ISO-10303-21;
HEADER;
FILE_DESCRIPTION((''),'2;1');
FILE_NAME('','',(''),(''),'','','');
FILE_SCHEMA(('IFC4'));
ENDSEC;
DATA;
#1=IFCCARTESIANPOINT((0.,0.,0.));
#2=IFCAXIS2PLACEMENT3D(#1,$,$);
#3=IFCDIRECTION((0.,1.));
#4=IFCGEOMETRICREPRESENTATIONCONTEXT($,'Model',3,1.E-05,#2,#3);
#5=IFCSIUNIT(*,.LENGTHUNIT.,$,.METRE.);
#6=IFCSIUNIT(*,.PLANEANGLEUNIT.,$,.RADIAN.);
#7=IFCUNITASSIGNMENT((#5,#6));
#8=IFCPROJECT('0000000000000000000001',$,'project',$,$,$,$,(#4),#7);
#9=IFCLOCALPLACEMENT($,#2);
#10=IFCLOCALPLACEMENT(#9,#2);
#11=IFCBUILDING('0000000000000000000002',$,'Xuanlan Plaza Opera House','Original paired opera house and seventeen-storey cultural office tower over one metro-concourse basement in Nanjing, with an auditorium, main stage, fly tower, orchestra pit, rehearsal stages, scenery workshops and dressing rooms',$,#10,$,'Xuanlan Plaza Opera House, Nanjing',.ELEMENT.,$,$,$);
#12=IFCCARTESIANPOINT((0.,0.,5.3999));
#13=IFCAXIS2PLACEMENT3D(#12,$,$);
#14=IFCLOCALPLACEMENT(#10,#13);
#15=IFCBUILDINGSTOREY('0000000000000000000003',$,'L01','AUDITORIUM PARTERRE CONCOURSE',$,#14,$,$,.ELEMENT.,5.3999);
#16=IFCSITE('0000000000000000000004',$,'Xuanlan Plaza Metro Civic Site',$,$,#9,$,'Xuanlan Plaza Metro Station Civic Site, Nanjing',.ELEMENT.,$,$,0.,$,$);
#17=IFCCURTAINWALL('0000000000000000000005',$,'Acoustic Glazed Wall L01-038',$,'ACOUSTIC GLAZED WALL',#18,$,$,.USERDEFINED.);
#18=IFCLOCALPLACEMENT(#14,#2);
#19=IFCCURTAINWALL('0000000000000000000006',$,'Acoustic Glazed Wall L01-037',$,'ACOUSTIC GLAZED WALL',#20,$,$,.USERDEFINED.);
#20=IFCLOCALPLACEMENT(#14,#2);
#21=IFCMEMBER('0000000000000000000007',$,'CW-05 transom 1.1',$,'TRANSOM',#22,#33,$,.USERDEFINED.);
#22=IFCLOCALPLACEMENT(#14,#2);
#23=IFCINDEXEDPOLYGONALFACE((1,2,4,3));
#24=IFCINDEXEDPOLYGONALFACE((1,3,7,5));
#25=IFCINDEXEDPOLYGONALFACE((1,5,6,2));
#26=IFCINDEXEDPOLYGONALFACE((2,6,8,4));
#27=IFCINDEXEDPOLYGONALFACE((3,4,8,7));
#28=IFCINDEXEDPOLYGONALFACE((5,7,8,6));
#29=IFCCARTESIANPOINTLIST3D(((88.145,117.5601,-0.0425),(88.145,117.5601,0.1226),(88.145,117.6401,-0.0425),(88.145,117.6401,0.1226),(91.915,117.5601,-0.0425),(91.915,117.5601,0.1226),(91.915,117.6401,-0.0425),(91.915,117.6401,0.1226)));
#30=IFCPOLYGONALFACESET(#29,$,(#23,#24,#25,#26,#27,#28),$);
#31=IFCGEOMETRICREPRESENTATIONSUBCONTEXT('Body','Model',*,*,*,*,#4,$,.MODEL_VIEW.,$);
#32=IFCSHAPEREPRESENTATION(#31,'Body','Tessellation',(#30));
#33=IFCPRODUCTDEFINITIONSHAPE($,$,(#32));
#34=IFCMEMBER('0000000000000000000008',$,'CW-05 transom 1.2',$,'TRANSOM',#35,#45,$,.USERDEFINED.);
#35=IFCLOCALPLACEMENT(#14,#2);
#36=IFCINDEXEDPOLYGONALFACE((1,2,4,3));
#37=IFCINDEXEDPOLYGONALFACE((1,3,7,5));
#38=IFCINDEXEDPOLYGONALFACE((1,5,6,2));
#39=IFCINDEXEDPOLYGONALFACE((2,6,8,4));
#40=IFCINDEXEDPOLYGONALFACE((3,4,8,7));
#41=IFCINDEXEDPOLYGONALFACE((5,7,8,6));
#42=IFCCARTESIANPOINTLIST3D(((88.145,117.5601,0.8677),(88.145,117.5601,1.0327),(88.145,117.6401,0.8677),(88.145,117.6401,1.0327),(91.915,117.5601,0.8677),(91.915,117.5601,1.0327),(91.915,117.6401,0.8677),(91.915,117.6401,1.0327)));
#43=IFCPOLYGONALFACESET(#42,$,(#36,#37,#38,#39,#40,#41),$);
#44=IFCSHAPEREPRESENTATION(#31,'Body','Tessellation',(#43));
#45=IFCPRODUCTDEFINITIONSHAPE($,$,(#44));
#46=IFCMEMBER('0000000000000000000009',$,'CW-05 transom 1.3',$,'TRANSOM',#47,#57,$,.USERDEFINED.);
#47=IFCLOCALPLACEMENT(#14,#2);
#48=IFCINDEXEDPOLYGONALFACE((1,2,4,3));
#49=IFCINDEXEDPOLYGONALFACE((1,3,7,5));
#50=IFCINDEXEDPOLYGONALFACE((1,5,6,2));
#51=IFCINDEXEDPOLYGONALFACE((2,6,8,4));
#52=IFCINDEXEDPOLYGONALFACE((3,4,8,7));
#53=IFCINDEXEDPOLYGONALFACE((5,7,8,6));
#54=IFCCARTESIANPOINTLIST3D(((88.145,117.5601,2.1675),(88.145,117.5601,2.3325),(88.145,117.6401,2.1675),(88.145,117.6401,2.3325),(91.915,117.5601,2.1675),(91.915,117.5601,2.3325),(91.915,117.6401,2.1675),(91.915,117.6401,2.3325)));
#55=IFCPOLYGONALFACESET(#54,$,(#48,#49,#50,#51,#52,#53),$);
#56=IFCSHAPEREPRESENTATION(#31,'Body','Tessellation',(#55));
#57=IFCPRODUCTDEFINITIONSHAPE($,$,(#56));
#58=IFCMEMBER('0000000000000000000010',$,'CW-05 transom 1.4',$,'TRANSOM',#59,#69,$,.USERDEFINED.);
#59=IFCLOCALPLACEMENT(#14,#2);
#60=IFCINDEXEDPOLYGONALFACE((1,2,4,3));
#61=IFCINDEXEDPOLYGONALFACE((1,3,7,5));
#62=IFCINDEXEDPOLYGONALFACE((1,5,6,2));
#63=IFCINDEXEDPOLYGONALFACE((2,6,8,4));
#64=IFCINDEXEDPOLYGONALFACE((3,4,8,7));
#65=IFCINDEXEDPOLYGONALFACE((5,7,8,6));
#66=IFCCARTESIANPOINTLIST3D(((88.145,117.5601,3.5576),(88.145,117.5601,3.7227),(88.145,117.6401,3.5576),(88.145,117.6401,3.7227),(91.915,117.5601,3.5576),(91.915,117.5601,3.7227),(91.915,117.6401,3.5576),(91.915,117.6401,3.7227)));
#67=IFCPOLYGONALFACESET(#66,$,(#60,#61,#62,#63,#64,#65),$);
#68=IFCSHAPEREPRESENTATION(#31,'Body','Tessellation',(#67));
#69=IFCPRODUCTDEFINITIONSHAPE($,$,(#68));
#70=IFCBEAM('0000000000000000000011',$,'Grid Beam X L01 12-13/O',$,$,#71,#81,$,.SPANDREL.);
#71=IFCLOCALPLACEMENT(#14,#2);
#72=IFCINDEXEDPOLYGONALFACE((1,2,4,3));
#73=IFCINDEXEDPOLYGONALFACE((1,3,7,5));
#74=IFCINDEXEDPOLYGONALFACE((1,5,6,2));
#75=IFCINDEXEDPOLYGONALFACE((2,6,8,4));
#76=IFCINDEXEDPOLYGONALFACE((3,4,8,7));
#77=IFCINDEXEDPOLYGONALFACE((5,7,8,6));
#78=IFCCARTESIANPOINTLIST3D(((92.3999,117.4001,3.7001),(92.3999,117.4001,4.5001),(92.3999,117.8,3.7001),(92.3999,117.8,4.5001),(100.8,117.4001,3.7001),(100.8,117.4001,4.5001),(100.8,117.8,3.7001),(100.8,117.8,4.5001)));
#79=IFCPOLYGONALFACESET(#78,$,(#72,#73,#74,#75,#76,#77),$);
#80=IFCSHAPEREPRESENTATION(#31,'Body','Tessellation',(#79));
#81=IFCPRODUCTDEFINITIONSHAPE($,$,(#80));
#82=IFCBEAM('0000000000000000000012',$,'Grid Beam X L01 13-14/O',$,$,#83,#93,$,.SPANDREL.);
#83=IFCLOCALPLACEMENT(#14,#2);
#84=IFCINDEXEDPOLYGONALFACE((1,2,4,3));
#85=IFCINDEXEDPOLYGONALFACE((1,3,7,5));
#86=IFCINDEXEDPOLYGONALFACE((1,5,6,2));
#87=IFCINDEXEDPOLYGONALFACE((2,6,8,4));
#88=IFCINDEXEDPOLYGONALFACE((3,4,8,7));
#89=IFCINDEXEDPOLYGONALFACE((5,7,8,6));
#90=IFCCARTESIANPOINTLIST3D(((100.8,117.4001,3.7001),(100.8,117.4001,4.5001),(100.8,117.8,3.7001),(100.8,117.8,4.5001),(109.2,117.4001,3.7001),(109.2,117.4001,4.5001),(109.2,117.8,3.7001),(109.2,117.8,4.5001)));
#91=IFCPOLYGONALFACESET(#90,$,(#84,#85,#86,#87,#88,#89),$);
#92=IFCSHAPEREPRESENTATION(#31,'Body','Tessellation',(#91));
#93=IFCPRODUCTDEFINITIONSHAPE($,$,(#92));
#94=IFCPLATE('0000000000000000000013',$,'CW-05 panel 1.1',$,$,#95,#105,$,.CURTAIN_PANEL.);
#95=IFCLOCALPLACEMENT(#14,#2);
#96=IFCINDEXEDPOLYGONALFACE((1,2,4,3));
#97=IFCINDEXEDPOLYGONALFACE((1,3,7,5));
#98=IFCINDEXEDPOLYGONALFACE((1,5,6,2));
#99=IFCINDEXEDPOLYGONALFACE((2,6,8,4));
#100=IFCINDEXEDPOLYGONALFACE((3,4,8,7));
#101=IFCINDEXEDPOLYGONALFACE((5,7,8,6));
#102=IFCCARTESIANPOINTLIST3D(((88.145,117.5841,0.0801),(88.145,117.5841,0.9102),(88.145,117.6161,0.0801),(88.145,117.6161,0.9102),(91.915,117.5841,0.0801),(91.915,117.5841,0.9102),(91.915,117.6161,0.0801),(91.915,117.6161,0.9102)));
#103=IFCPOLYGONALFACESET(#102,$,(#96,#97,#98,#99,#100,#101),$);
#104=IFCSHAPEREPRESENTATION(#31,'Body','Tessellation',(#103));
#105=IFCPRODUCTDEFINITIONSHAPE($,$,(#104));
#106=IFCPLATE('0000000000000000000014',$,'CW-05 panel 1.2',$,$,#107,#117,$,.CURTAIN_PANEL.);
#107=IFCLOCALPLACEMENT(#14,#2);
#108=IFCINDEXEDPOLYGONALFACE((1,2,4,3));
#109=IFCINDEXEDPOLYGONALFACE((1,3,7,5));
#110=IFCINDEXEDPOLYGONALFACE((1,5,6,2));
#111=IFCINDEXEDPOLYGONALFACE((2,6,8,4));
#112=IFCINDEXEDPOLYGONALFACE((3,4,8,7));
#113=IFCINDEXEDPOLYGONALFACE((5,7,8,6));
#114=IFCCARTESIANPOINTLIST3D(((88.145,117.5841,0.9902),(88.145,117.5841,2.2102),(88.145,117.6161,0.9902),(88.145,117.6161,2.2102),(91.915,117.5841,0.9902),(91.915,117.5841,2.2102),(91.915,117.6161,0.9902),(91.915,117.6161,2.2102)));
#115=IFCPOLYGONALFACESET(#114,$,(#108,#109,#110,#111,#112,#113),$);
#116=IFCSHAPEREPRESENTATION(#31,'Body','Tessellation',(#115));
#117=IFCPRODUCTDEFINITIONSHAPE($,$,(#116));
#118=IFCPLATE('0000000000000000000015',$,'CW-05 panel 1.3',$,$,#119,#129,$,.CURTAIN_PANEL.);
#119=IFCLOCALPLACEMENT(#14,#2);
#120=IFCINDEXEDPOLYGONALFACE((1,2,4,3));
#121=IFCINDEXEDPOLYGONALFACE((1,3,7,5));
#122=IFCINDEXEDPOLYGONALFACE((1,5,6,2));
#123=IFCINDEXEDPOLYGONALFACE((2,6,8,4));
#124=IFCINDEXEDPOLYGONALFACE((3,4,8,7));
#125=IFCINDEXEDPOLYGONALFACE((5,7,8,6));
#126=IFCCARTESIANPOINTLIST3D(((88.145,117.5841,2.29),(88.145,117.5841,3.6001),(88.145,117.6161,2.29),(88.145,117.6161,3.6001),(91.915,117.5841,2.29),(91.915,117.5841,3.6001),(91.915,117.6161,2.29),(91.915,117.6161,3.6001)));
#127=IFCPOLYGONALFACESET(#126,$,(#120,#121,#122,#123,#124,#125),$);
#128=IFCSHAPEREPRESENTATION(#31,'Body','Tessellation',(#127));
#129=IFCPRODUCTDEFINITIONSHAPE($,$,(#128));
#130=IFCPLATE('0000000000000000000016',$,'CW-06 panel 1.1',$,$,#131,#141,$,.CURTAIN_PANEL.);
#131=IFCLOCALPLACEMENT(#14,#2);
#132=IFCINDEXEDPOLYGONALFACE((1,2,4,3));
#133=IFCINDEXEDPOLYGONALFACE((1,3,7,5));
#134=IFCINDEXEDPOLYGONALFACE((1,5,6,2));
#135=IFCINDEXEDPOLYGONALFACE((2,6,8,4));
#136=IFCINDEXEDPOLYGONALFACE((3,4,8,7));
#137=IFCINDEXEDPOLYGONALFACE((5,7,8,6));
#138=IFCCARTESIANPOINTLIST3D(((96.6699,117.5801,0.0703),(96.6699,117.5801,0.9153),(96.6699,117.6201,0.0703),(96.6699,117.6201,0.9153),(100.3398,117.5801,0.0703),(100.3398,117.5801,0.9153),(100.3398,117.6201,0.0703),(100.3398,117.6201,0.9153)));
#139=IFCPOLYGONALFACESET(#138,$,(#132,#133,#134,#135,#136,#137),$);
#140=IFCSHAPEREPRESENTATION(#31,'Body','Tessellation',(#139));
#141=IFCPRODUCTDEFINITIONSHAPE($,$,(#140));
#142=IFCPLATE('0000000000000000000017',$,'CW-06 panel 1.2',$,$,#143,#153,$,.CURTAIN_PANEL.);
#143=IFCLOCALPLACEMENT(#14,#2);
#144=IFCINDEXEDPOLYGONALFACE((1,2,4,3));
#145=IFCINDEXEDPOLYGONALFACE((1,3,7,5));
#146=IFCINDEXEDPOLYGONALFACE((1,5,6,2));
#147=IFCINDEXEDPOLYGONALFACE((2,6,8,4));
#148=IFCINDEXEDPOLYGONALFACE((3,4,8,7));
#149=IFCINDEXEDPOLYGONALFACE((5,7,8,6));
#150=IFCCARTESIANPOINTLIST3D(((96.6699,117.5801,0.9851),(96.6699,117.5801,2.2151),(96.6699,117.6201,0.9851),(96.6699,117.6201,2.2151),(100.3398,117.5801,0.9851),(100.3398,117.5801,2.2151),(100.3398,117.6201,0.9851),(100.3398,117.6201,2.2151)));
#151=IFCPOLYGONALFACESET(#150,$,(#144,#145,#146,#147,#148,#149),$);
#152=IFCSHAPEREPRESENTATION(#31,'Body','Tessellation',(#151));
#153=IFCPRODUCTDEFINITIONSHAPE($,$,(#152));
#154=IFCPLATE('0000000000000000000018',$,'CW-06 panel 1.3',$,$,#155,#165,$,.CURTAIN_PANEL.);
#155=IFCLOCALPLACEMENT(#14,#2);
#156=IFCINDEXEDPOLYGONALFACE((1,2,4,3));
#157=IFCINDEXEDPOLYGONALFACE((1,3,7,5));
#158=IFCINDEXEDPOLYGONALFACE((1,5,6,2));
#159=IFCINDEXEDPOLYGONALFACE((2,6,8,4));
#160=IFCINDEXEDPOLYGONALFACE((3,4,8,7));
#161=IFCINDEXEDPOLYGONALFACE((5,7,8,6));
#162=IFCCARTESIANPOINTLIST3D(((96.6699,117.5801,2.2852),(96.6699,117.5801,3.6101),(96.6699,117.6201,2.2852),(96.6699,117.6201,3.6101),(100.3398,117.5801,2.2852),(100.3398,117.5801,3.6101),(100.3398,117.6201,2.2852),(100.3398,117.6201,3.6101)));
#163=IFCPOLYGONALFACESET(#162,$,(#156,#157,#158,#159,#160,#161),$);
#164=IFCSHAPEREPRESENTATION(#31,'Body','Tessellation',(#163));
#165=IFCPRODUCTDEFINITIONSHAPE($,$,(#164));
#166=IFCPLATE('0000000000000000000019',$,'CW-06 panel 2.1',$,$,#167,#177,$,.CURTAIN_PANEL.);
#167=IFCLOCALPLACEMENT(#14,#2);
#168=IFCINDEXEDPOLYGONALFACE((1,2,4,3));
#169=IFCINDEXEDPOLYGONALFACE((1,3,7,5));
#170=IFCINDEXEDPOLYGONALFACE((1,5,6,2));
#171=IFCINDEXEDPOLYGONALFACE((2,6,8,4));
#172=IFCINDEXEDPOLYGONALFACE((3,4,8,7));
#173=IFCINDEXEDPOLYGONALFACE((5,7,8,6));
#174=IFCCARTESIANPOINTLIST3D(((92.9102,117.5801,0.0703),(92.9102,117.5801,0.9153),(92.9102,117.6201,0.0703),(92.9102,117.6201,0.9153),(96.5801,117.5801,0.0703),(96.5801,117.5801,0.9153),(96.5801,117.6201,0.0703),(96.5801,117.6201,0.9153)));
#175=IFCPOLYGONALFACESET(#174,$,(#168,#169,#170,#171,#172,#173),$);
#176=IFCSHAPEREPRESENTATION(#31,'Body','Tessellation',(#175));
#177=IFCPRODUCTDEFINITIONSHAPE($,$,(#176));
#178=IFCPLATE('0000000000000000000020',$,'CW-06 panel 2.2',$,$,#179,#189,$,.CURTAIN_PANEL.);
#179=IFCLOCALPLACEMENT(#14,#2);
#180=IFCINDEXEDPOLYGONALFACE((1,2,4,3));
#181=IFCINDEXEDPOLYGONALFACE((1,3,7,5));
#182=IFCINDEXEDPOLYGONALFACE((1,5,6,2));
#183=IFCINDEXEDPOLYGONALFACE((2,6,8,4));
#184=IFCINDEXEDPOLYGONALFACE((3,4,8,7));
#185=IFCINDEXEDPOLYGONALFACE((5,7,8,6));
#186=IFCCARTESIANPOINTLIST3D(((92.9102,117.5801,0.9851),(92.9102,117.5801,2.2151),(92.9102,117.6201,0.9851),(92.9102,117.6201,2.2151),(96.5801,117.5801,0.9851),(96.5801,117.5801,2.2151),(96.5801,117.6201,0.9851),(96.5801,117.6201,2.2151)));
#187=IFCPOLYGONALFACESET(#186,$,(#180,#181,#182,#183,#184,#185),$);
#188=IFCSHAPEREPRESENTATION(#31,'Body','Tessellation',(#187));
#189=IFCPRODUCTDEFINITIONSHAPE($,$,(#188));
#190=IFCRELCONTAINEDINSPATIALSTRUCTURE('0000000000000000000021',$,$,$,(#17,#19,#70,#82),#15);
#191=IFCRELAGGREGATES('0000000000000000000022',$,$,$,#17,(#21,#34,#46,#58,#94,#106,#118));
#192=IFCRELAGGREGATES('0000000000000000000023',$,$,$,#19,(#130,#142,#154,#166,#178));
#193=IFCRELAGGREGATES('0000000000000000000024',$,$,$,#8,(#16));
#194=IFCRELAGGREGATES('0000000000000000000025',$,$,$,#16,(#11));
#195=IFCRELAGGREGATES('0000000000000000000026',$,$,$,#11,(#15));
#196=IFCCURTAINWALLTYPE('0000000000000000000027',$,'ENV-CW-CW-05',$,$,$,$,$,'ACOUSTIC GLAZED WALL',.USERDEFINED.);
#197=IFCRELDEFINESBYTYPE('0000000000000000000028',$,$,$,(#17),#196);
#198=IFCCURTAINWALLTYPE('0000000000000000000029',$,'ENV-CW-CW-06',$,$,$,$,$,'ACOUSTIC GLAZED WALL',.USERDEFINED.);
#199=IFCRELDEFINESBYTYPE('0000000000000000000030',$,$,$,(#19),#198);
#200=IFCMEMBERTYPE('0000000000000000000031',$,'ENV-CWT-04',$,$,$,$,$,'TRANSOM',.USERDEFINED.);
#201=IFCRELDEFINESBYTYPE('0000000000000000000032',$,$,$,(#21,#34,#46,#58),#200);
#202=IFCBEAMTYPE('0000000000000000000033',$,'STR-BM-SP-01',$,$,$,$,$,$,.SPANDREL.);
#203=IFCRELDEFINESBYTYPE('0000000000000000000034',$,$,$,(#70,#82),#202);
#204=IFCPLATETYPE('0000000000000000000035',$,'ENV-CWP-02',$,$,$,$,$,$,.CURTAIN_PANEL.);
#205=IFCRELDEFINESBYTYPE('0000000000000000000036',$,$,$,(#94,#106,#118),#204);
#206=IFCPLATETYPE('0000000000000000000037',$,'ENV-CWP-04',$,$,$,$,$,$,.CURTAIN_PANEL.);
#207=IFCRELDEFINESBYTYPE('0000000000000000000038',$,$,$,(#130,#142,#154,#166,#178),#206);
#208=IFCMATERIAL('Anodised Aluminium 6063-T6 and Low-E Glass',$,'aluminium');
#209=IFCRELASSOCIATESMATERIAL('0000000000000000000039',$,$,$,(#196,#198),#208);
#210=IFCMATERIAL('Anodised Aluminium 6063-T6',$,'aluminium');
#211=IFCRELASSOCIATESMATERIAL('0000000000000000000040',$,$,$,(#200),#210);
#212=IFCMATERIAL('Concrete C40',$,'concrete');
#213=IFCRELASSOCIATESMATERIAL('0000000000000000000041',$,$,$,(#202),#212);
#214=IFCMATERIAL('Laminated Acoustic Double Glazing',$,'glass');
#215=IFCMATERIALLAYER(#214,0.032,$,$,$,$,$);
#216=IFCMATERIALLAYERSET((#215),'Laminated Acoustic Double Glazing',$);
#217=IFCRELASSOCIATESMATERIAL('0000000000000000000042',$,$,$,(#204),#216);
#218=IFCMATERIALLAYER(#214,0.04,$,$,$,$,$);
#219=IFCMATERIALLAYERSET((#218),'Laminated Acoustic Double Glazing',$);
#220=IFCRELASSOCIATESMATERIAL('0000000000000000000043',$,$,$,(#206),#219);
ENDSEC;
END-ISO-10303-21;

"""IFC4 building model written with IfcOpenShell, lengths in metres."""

from ifc_helpers import new_model, si_unit, direction, frame, origin, origin_2d, place, context, subcontext, project, spatial, rectangle, extrude, material, layer, layer_set, material_profile, profile_set, type_object, element, aggregate, save


model = new_model("IFC4")

# Units and contexts
model_context = context("Model", 3, precision=1e-05, world=origin(), true_north=direction((0.0, 1.0)))
body_context = subcontext(model_context, "Body", "Model", "MODEL_VIEW")
ifc_project = project(units=[si_unit("LENGTHUNIT", "METRE"), si_unit("PLANEANGLEUNIT", "RADIAN")], contexts=[model_context])

# Site, building, storey
site_placement = place(None, origin())
site = spatial("IfcSite", under=ifc_project, at=site_placement, Name="Xuanlan Plaza Metro Civic Site", LongName="Xuanlan Plaza Metro Station Civic Site, Nanjing", CompositionType="ELEMENT", RefElevation=0.0)
building_placement = place(site_placement, origin())
building = spatial("IfcBuilding", under=site, at=building_placement, Name="Xuanlan Plaza Opera House", Description="Original paired opera house and seventeen-storey cultural office tower over one metro-concourse basement in Nanjing, with an auditorium, main stage, fly tower, orchestra pit, rehearsal stages, scenery workshops and dressing rooms", LongName="Xuanlan Plaza Opera House, Nanjing", CompositionType="ELEMENT")
storey_placement = place(building_placement, frame((0.0, 0.0, 5.3999)))
storey = spatial("IfcBuildingStorey", under=building, at=storey_placement, Name="L01", Description="AUDITORIUM PARTERRE CONCOURSE", CompositionType="ELEMENT", Elevation=5.3999)

# Shared definitions
ifc_material_1 = material(Name="Concrete C40", Category="concrete")

# Curtain wall
ifc_material_2 = material(Name="Anodised Aluminium 6063-T6 and Low-E Glass", Category="aluminium")
curtain_wall_type_1 = type_object("IfcCurtainWallType", Name="ENV-CW-CW-05", ElementType="ACOUSTIC GLAZED WALL", PredefinedType="USERDEFINED", material=ifc_material_2)
curtain_wall_1_placement = place(storey_placement, origin())
curtain_wall_1 = element("IfcCurtainWall", 1, at=curtain_wall_1_placement, inside=storey, type_object=curtain_wall_type_1, Name="Acoustic Glazed Wall L01-038", ObjectType="ACOUSTIC GLAZED WALL", PredefinedType="USERDEFINED")
ifc_material_3 = material(Name="Anodised Aluminium 6063-T6", Category="aluminium")

# Curtain wall
curtain_wall_type_2 = type_object("IfcCurtainWallType", Name="ENV-CW-CW-06", ElementType="ACOUSTIC GLAZED WALL", PredefinedType="USERDEFINED", material=ifc_material_2)
curtain_wall_2_placement = place(storey_placement, origin())
curtain_wall_2 = element("IfcCurtainWall", 2, at=curtain_wall_2_placement, inside=storey, type_object=curtain_wall_type_2, Name="Acoustic Glazed Wall L01-037", ObjectType="ACOUSTIC GLAZED WALL", PredefinedType="USERDEFINED")

# Members
ifc_material_profile_1 = material_profile(ifc_material_3, rectangle(XDim=0.0801, YDim=0.165, at=origin_2d()), Name="ALU-T 80x165")
ifc_profile_set_1 = profile_set([ifc_material_profile_1], Name="Anodised Aluminium 6063-T6")
member_type_1 = type_object("IfcMemberType", Name="ENV-CWT-04", ElementType="TRANSOM", PredefinedType="USERDEFINED", material=ifc_profile_set_1)
member_1_placement = place(storey_placement, frame((91.915, 117.6001, 0.04), z_axis=(-1.0, 0.0, 0.0), x_axis=(0.0, -1.0, 0.0)))
member_1 = element("IfcMember", 3, at=member_1_placement, type_object=member_type_1, Name="CW-05 transom 1.1", ObjectType="TRANSOM", PredefinedType="USERDEFINED", context=body_context, shape_type="SweptSolid", body=[
    extrude(rectangle(XDim=0.0801, YDim=0.165, at=origin_2d()), origin(), (0.0, 0.0, 1.0), 3.77),
])
member_2_placement = place(storey_placement, frame((91.915, 117.6001, 0.9502), z_axis=(-1.0, 0.0, 0.0), x_axis=(0.0, -1.0, 0.0)))
member_2 = element("IfcMember", 4, at=member_2_placement, type_object=member_type_1, Name="CW-05 transom 1.2", ObjectType="TRANSOM", PredefinedType="USERDEFINED", context=body_context, shape_type="SweptSolid", body=[
    extrude(rectangle(XDim=0.0801, YDim=0.165, at=origin_2d()), origin(), (0.0, 0.0, 1.0), 3.77),
])
member_3_placement = place(storey_placement, frame((91.915, 117.6001, 2.25), z_axis=(-1.0, 0.0, 0.0), x_axis=(0.0, -1.0, 0.0)))
member_3 = element("IfcMember", 5, at=member_3_placement, type_object=member_type_1, Name="CW-05 transom 1.3", ObjectType="TRANSOM", PredefinedType="USERDEFINED", context=body_context, shape_type="SweptSolid", body=[
    extrude(rectangle(XDim=0.0801, YDim=0.165, at=origin_2d()), origin(), (0.0, 0.0, 1.0), 3.77),
])
member_4_placement = place(storey_placement, frame((91.915, 117.6001, 3.6401), z_axis=(-1.0, 0.0, 0.0), x_axis=(0.0, -1.0, 0.0)))
member_4 = element("IfcMember", 6, at=member_4_placement, type_object=member_type_1, Name="CW-05 transom 1.4", ObjectType="TRANSOM", PredefinedType="USERDEFINED", context=body_context, shape_type="SweptSolid", body=[
    extrude(rectangle(XDim=0.0801, YDim=0.165, at=origin_2d()), origin(), (0.0, 0.0, 1.0), 3.77),
])

# Beams
ifc_material_profile_2 = material_profile(ifc_material_1, rectangle(XDim=0.3999, YDim=0.8, at=origin_2d()), Name="RC-SPD 400x800")
ifc_profile_set_2 = profile_set([ifc_material_profile_2], Name="Concrete C40")
beam_type = type_object("IfcBeamType", Name="STR-BM-SP-01", PredefinedType="SPANDREL", material=ifc_profile_set_2)
beam_1_placement = place(storey_placement, frame((92.3999, 117.6001, 4.1001), z_axis=(1.0, 0.0, 0.0), x_axis=(0.0, 1.0, 0.0)))
element("IfcBeam", 7, at=beam_1_placement, inside=storey, type_object=beam_type, Name="Grid Beam X L01 12-13/O", PredefinedType="SPANDREL", context=body_context, shape_type="SweptSolid", body=[
    extrude(rectangle(XDim=0.3999, YDim=0.8, at=origin_2d()), origin(), (0.0, 0.0, 1.0), 8.4001),
])
beam_2_placement = place(storey_placement, frame((100.8, 117.6001, 4.1001), z_axis=(1.0, 0.0, 0.0), x_axis=(0.0, 1.0, 0.0)))
element("IfcBeam", 8, at=beam_2_placement, inside=storey, type_object=beam_type, Name="Grid Beam X L01 13-14/O", PredefinedType="SPANDREL", context=body_context, shape_type="SweptSolid", body=[
    extrude(rectangle(XDim=0.3999, YDim=0.8, at=origin_2d()), origin(), (0.0, 0.0, 1.0), 8.3999),
])

# Plates
ifc_material_4 = material(Name="Laminated Acoustic Double Glazing", Category="glass")
ifc_layer_1 = layer(ifc_material_4, 0.032)
ifc_layer_set_1 = layer_set([ifc_layer_1], Name="Laminated Acoustic Double Glazing")
plate_type_1 = type_object("IfcPlateType", Name="ENV-CWP-02", PredefinedType="CURTAIN_PANEL", material=ifc_layer_set_1)
plate_1_placement = place(storey_placement, frame((90.03, 117.6001, 0.0801), z_axis=(0.0, 0.0, 1.0), x_axis=(-1.0, 0.0, 0.0)))
plate_1 = element("IfcPlate", 9, at=plate_1_placement, type_object=plate_type_1, Name="CW-05 panel 1.1", PredefinedType="CURTAIN_PANEL", context=body_context, shape_type="SweptSolid", body=[
    extrude(rectangle(XDim=3.77, YDim=0.032, at=origin_2d()), origin(), (0.0, 0.0, 1.0), 0.8301),
])
plate_2_placement = place(storey_placement, frame((90.03, 117.6001, 0.9902), z_axis=(0.0, 0.0, 1.0), x_axis=(-1.0, 0.0, 0.0)))
plate_2 = element("IfcPlate", 10, at=plate_2_placement, type_object=plate_type_1, Name="CW-05 panel 1.2", PredefinedType="CURTAIN_PANEL", context=body_context, shape_type="SweptSolid", body=[
    extrude(rectangle(XDim=3.77, YDim=0.032, at=origin_2d()), origin(), (0.0, 0.0, 1.0), 1.22),
])
plate_3_placement = place(storey_placement, frame((90.03, 117.6001, 2.29), z_axis=(0.0, 0.0, 1.0), x_axis=(-1.0, 0.0, 0.0)))
plate_3 = element("IfcPlate", 11, at=plate_3_placement, type_object=plate_type_1, Name="CW-05 panel 1.3", PredefinedType="CURTAIN_PANEL", context=body_context, shape_type="SweptSolid", body=[
    extrude(rectangle(XDim=3.77, YDim=0.032, at=origin_2d()), origin(), (0.0, 0.0, 1.0), 1.3101),
])
aggregate(curtain_wall_1, [member_1, member_2, member_3, member_4, plate_1, plate_2, plate_3])
ifc_layer_2 = layer(ifc_material_4, 0.04)
ifc_layer_set_2 = layer_set([ifc_layer_2], Name="Laminated Acoustic Double Glazing")
plate_type_2 = type_object("IfcPlateType", Name="ENV-CWP-04", PredefinedType="CURTAIN_PANEL", material=ifc_layer_set_2)
plate_4_placement = place(storey_placement, frame((98.5049, 117.6001, 0.0703), z_axis=(0.0, 0.0, 1.0), x_axis=(-1.0, 0.0, 0.0)))
plate_4 = element("IfcPlate", 12, at=plate_4_placement, type_object=plate_type_2, Name="CW-06 panel 1.1", PredefinedType="CURTAIN_PANEL", context=body_context, shape_type="SweptSolid", body=[
    extrude(rectangle(XDim=3.6699, YDim=0.04, at=origin_2d()), origin(), (0.0, 0.0, 1.0), 0.845),
])
plate_5_placement = place(storey_placement, frame((98.5049, 117.6001, 0.9851), z_axis=(0.0, 0.0, 1.0), x_axis=(-1.0, 0.0, 0.0)))
plate_5 = element("IfcPlate", 13, at=plate_5_placement, type_object=plate_type_2, Name="CW-06 panel 1.2", PredefinedType="CURTAIN_PANEL", context=body_context, shape_type="SweptSolid", body=[
    extrude(rectangle(XDim=3.6699, YDim=0.04, at=origin_2d()), origin(), (0.0, 0.0, 1.0), 1.23),
])
plate_6_placement = place(storey_placement, frame((98.5049, 117.6001, 2.2852), z_axis=(0.0, 0.0, 1.0), x_axis=(-1.0, 0.0, 0.0)))
plate_6 = element("IfcPlate", 14, at=plate_6_placement, type_object=plate_type_2, Name="CW-06 panel 1.3", PredefinedType="CURTAIN_PANEL", context=body_context, shape_type="SweptSolid", body=[
    extrude(rectangle(XDim=3.6699, YDim=0.04, at=origin_2d()), origin(), (0.0, 0.0, 1.0), 1.325),
])
plate_7_placement = place(storey_placement, frame((94.7451, 117.6001, 0.0703), z_axis=(0.0, 0.0, 1.0), x_axis=(-1.0, 0.0, 0.0)))
plate_7 = element("IfcPlate", 15, at=plate_7_placement, type_object=plate_type_2, Name="CW-06 panel 2.1", PredefinedType="CURTAIN_PANEL", context=body_context, shape_type="SweptSolid", body=[
    extrude(rectangle(XDim=3.6699, YDim=0.04, at=origin_2d()), origin(), (0.0, 0.0, 1.0), 0.845),
])
plate_8_placement = place(storey_placement, frame((94.7451, 117.6001, 0.9851), z_axis=(0.0, 0.0, 1.0), x_axis=(-1.0, 0.0, 0.0)))
plate_8 = element("IfcPlate", 16, at=plate_8_placement, type_object=plate_type_2, Name="CW-06 panel 2.2", PredefinedType="CURTAIN_PANEL", context=body_context, shape_type="SweptSolid", body=[
    extrude(rectangle(XDim=3.6699, YDim=0.04, at=origin_2d()), origin(), (0.0, 0.0, 1.0), 1.23),
])
aggregate(curtain_wall_2, [plate_4, plate_5, plate_6, plate_7, plate_8])

save(model, "model.ifc")
